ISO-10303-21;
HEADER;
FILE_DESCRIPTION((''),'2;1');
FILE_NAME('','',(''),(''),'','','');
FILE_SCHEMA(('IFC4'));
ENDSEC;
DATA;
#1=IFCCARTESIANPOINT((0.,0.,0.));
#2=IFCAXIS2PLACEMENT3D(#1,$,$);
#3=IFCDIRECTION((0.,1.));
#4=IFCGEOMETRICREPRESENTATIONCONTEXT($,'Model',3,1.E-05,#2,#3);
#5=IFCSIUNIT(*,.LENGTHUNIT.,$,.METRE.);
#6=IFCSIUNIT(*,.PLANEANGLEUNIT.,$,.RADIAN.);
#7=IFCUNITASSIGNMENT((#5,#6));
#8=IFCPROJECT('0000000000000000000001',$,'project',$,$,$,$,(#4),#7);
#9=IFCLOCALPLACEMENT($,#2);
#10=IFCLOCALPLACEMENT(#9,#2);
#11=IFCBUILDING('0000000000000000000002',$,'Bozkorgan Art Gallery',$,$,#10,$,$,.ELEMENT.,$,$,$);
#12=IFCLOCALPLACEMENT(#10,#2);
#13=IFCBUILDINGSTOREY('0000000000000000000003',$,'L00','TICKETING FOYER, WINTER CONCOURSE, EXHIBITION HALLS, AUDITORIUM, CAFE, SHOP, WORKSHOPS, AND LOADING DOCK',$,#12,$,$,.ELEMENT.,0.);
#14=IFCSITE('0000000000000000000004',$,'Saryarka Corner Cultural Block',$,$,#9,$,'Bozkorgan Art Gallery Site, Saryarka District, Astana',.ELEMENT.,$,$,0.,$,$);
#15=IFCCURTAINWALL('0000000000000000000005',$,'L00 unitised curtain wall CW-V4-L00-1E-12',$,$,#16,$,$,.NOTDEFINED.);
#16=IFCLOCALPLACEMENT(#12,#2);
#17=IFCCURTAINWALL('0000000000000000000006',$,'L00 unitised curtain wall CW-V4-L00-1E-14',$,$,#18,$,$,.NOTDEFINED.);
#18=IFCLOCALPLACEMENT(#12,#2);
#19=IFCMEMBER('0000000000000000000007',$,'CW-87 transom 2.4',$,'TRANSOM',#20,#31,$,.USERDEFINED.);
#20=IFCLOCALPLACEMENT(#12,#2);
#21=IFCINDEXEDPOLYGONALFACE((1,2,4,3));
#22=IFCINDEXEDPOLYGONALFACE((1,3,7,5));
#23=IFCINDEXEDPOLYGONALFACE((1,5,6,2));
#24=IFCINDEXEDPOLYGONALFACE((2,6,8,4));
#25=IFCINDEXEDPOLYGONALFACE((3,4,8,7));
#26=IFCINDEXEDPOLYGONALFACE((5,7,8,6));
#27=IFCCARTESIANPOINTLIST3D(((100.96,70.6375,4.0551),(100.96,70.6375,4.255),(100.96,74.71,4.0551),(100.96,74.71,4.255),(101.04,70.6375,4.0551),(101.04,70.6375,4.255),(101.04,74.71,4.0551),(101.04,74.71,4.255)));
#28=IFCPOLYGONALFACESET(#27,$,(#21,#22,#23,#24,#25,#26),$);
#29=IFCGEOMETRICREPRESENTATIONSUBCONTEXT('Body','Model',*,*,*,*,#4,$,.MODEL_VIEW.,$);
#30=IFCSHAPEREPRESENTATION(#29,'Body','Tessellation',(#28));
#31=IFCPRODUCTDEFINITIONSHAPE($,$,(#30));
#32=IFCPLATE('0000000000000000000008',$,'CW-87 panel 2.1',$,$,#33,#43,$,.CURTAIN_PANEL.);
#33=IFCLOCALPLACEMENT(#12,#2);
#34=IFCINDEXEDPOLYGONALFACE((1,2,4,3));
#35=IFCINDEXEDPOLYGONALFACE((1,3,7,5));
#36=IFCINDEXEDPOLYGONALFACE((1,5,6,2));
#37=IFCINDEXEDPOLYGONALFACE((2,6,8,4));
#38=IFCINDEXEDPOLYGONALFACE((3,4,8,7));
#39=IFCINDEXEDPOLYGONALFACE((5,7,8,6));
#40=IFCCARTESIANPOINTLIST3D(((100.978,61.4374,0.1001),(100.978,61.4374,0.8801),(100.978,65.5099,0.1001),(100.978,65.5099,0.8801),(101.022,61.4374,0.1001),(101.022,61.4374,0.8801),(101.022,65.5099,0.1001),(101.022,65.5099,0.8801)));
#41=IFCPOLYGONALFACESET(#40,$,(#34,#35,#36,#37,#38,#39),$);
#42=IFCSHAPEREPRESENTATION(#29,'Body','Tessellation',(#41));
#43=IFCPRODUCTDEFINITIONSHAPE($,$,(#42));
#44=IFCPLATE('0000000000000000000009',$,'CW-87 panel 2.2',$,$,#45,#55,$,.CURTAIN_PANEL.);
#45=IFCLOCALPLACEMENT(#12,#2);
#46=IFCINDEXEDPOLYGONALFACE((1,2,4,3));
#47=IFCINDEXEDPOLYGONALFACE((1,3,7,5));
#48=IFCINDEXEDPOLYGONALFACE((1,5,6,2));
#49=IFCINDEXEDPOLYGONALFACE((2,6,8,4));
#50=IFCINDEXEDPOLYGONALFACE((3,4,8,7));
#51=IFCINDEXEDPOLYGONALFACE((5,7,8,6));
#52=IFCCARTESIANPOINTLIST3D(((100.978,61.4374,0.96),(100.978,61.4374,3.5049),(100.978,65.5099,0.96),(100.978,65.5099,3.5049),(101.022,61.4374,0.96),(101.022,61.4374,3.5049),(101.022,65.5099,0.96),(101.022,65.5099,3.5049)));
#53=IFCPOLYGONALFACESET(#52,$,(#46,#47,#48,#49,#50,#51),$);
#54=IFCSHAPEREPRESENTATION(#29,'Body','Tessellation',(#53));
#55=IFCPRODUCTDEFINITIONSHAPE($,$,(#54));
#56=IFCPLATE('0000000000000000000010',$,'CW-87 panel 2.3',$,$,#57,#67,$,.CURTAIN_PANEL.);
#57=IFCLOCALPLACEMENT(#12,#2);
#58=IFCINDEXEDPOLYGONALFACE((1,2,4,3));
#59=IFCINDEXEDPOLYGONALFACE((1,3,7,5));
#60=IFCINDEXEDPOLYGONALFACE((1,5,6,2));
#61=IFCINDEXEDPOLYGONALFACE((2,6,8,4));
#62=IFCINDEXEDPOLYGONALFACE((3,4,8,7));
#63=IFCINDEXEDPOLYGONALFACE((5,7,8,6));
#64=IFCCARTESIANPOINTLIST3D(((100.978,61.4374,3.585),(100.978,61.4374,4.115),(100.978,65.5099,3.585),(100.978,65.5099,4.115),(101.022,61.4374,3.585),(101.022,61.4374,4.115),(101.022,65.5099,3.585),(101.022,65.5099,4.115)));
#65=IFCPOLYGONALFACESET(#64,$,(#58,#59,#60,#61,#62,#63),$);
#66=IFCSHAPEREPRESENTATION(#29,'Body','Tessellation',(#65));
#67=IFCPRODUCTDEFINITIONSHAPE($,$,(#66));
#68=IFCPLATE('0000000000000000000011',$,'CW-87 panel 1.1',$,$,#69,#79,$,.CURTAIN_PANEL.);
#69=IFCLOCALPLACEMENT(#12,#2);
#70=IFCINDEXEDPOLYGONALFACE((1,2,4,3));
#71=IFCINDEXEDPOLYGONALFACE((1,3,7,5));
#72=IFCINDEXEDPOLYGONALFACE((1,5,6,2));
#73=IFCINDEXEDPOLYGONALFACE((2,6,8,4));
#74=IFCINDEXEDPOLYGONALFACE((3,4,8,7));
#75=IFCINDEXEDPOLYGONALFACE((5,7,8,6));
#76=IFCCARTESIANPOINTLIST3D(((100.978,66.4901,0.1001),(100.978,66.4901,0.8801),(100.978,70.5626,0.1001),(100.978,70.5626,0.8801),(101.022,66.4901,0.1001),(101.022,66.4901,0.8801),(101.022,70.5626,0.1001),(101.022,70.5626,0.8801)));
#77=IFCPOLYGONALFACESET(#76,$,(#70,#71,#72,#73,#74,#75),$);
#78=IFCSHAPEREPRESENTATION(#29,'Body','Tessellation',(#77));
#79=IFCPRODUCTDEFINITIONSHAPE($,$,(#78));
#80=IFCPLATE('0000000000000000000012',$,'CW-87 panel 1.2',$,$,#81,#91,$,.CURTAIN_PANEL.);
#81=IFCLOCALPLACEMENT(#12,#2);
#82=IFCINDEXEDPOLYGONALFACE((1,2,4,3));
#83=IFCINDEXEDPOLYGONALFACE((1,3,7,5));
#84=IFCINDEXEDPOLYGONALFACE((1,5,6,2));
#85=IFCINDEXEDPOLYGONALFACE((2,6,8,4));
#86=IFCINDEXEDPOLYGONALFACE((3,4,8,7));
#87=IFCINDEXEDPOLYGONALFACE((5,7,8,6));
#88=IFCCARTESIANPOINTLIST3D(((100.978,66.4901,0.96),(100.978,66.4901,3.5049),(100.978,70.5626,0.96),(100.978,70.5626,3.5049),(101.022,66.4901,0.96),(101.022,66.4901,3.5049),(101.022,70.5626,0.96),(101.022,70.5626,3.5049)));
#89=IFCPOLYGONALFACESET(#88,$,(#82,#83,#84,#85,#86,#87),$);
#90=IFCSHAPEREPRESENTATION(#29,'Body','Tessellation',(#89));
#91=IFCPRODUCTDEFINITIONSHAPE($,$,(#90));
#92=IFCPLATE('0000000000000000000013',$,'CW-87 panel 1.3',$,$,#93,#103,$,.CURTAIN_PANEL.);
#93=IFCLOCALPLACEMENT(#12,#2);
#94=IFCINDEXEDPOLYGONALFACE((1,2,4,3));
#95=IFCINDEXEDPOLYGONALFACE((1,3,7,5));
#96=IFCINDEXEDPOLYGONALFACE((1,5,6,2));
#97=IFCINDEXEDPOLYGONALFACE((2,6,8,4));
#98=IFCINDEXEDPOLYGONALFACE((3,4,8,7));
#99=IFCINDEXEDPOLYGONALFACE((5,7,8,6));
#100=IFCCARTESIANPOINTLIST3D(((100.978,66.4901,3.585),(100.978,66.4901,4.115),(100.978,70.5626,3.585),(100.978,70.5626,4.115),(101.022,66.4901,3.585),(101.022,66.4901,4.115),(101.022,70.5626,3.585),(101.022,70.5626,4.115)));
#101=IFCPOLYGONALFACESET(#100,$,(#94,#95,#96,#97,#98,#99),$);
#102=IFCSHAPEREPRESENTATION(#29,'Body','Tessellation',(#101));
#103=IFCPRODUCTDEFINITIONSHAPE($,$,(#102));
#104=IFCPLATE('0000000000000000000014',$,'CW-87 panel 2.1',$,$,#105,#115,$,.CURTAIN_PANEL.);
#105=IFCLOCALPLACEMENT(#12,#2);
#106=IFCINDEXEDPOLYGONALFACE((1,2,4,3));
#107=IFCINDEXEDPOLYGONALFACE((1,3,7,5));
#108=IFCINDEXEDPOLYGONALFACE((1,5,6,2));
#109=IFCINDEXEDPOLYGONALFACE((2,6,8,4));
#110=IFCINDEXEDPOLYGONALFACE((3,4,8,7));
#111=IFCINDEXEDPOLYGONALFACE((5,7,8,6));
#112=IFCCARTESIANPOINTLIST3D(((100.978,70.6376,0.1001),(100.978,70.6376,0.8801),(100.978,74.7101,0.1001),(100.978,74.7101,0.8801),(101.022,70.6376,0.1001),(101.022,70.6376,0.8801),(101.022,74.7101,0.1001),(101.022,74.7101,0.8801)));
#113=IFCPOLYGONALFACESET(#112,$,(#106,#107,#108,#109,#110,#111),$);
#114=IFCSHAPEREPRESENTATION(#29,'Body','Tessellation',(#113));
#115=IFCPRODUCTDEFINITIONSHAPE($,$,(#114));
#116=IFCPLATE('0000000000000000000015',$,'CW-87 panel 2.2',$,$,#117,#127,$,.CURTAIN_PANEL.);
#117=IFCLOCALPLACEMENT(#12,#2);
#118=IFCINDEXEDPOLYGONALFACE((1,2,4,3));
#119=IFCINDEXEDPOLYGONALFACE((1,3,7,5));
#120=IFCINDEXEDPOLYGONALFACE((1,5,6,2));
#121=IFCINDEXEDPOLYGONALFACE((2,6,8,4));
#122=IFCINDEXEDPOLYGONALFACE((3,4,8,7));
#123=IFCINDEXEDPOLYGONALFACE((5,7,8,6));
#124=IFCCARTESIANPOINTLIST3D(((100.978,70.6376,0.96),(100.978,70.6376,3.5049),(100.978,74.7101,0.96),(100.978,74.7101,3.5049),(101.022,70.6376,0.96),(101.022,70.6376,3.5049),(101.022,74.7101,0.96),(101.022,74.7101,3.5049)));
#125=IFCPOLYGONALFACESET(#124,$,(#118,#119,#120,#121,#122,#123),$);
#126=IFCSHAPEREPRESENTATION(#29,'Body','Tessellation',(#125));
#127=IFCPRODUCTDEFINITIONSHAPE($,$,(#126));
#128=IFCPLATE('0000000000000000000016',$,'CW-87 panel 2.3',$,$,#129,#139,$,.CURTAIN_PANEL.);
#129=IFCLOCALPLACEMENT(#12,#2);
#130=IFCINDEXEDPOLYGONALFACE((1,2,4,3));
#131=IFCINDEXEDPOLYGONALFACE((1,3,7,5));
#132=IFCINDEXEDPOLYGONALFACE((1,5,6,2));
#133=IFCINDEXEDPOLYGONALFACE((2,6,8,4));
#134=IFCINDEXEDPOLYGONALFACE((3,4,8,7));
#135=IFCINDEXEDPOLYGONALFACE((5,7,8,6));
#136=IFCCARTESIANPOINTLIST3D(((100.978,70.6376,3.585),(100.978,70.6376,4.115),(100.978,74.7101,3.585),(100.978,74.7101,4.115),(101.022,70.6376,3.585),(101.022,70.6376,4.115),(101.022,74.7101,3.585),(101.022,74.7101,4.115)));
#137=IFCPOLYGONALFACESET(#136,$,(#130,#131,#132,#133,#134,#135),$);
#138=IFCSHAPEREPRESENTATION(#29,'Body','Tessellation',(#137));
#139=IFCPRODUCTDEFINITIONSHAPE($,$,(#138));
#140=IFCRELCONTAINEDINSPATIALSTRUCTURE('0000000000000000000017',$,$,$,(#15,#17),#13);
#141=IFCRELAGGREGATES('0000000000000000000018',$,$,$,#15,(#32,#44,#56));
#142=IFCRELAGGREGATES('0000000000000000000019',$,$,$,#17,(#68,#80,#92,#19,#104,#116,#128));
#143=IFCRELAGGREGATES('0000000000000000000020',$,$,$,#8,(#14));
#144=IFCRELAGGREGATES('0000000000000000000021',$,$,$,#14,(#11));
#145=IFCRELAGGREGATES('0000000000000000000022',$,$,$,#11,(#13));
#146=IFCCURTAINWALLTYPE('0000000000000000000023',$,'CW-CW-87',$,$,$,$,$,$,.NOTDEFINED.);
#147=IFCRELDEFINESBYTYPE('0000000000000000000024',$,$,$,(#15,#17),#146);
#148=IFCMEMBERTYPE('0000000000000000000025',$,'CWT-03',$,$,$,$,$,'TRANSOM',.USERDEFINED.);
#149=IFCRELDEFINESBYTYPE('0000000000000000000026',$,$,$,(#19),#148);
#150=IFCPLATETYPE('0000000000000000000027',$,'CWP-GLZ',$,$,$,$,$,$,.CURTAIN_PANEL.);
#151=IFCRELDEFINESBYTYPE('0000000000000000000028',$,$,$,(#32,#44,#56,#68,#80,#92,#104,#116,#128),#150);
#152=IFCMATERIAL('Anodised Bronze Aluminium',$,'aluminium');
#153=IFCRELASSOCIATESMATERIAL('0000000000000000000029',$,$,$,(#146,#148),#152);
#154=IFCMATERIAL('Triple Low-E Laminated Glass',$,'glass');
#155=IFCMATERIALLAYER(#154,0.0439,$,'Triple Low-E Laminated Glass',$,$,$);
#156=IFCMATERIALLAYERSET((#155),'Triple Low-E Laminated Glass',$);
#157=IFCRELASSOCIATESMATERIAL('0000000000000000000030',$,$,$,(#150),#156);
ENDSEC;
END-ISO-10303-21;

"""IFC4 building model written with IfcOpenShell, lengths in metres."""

from ifc_helpers import new_model, si_unit, direction, frame, origin, origin_2d, place, context, subcontext, project, spatial, rectangle, extrude, material, layer, layer_set, material_profile, profile_set, type_object, element, aggregate, save


model = new_model("IFC4")

# Units and contexts
model_context = context("Model", 3, precision=1e-05, world=origin(), true_north=direction((0.0, 1.0)))
body_context = subcontext(model_context, "Body", "Model", "MODEL_VIEW")
ifc_project = project(units=[si_unit("LENGTHUNIT", "METRE"), si_unit("PLANEANGLEUNIT", "RADIAN")], contexts=[model_context])

# Site, building, storey
site_placement = place(None, origin())
site = spatial("IfcSite", under=ifc_project, at=site_placement, Name="Saryarka Corner Cultural Block", LongName="Bozkorgan Art Gallery Site, Saryarka District, Astana", CompositionType="ELEMENT", RefElevation=0.0)
building_placement = place(site_placement, origin())
building = spatial("IfcBuilding", under=site, at=building_placement, Name="Bozkorgan Art Gallery", CompositionType="ELEMENT")
storey_placement = place(building_placement, origin())
storey = spatial("IfcBuildingStorey", under=building, at=storey_placement, Name="L00", Description="TICKETING FOYER, WINTER CONCOURSE, EXHIBITION HALLS, AUDITORIUM, CAFE, SHOP, WORKSHOPS, AND LOADING DOCK", CompositionType="ELEMENT", Elevation=0.0)

# Curtain wall
ifc_material_1 = material(Name="Anodised Bronze Aluminium", Category="aluminium")
curtain_wall_type = type_object("IfcCurtainWallType", Name="CW-CW-87", PredefinedType="NOTDEFINED", material=ifc_material_1)
curtain_wall_1_placement = place(storey_placement, origin())
curtain_wall_1 = element("IfcCurtainWall", 1, at=curtain_wall_1_placement, inside=storey, type_object=curtain_wall_type, Name="L00 unitised curtain wall CW-V4-L00-1E-12", PredefinedType="NOTDEFINED")

# Curtain wall, member
curtain_wall_2_placement = place(storey_placement, origin())
curtain_wall_2 = element("IfcCurtainWall", 2, at=curtain_wall_2_placement, inside=storey, type_object=curtain_wall_type, Name="L00 unitised curtain wall CW-V4-L00-1E-14", PredefinedType="NOTDEFINED")
ifc_material_profile_1 = material_profile(ifc_material_1, rectangle(XDim=0.0801, YDim=0.2, at=origin_2d()), Name="ALU TRANSOM 80x200")
ifc_profile_set_1 = profile_set([ifc_material_profile_1], Name="Anodised Bronze Aluminium")
member_type_1 = type_object("IfcMemberType", Name="CWT-03", ElementType="TRANSOM", PredefinedType="USERDEFINED", material=ifc_profile_set_1)
member_1_placement = place(storey_placement, frame((101.0, 70.6375, 4.155), z_axis=(0.0, 1.0, 0.0), x_axis=(-1.0, 0.0, 0.0)))
member_1 = element("IfcMember", 3, at=member_1_placement, type_object=member_type_1, Name="CW-87 transom 2.4", ObjectType="TRANSOM", PredefinedType="USERDEFINED", context=body_context, shape_type="SweptSolid", body=[
    extrude(rectangle(XDim=0.0801, YDim=0.2, at=origin_2d()), origin(), (0.0, 0.0, 1.0), 4.0725),
])

# Plates
ifc_material_2 = material(Name="Triple Low-E Laminated Glass", Category="glass")
ifc_layer = layer(ifc_material_2, 0.0439, Name="Triple Low-E Laminated Glass")
ifc_layer_set = layer_set([ifc_layer], Name="Triple Low-E Laminated Glass")
plate_type = type_object("IfcPlateType", Name="CWP-GLZ", PredefinedType="CURTAIN_PANEL", material=ifc_layer_set)
plate_1_placement = place(storey_placement, frame((101.0, 63.4736, 0.1001), z_axis=(0.0, 0.0, 1.0), x_axis=(0.0, 1.0, 0.0)))
plate_1 = element("IfcPlate", 4, at=plate_1_placement, type_object=plate_type, Name="CW-87 panel 2.1", PredefinedType="CURTAIN_PANEL", context=body_context, shape_type="SweptSolid", body=[
    extrude(rectangle(XDim=4.0725, YDim=0.0439, at=origin_2d()), origin(), (0.0, 0.0, 1.0), 0.78),
])
plate_2_placement = place(storey_placement, frame((101.0, 63.4736, 0.96), z_axis=(0.0, 0.0, 1.0), x_axis=(0.0, 1.0, 0.0)))
plate_2 = element("IfcPlate", 5, at=plate_2_placement, type_object=plate_type, Name="CW-87 panel 2.2", PredefinedType="CURTAIN_PANEL", context=body_context, shape_type="SweptSolid", body=[
    extrude(rectangle(XDim=4.0725, YDim=0.0439, at=origin_2d()), origin(), (0.0, 0.0, 1.0), 2.5449),
])
plate_3_placement = place(storey_placement, frame((101.0, 63.4736, 3.585), z_axis=(0.0, 0.0, 1.0), x_axis=(0.0, 1.0, 0.0)))
plate_3 = element("IfcPlate", 6, at=plate_3_placement, type_object=plate_type, Name="CW-87 panel 2.3", PredefinedType="CURTAIN_PANEL", context=body_context, shape_type="SweptSolid", body=[
    extrude(rectangle(XDim=4.0725, YDim=0.0439, at=origin_2d()), origin(), (0.0, 0.0, 1.0), 0.53),
])
aggregate(curtain_wall_1, [plate_1, plate_2, plate_3])
plate_4_placement = place(storey_placement, frame((101.0, 68.5264, 0.1001), z_axis=(0.0, 0.0, 1.0), x_axis=(0.0, 1.0, 0.0)))
plate_4 = element("IfcPlate", 7, at=plate_4_placement, type_object=plate_type, Name="CW-87 panel 1.1", PredefinedType="CURTAIN_PANEL", context=body_context, shape_type="SweptSolid", body=[
    extrude(rectangle(XDim=4.0725, YDim=0.0439, at=origin_2d()), origin(), (0.0, 0.0, 1.0), 0.78),
])
plate_5_placement = place(storey_placement, frame((101.0, 68.5264, 0.96), z_axis=(0.0, 0.0, 1.0), x_axis=(0.0, 1.0, 0.0)))
plate_5 = element("IfcPlate", 8, at=plate_5_placement, type_object=plate_type, Name="CW-87 panel 1.2", PredefinedType="CURTAIN_PANEL", context=body_context, shape_type="SweptSolid", body=[
    extrude(rectangle(XDim=4.0725, YDim=0.0439, at=origin_2d()), origin(), (0.0, 0.0, 1.0), 2.5449),
])
plate_6_placement = place(storey_placement, frame((101.0, 68.5264, 3.585), z_axis=(0.0, 0.0, 1.0), x_axis=(0.0, 1.0, 0.0)))
plate_6 = element("IfcPlate", 9, at=plate_6_placement, type_object=plate_type, Name="CW-87 panel 1.3", PredefinedType="CURTAIN_PANEL", context=body_context, shape_type="SweptSolid", body=[
    extrude(rectangle(XDim=4.0725, YDim=0.0439, at=origin_2d()), origin(), (0.0, 0.0, 1.0), 0.53),
])
plate_7_placement = place(storey_placement, frame((101.0, 72.6738, 0.1001), z_axis=(0.0, 0.0, 1.0), x_axis=(0.0, 1.0, 0.0)))
plate_7 = element("IfcPlate", 10, at=plate_7_placement, type_object=plate_type, Name="CW-87 panel 2.1", PredefinedType="CURTAIN_PANEL", context=body_context, shape_type="SweptSolid", body=[
    extrude(rectangle(XDim=4.0725, YDim=0.0439, at=origin_2d()), origin(), (0.0, 0.0, 1.0), 0.78),
])
plate_8_placement = place(storey_placement, frame((101.0, 72.6738, 0.96), z_axis=(0.0, 0.0, 1.0), x_axis=(0.0, 1.0, 0.0)))
plate_8 = element("IfcPlate", 11, at=plate_8_placement, type_object=plate_type, Name="CW-87 panel 2.2", PredefinedType="CURTAIN_PANEL", context=body_context, shape_type="SweptSolid", body=[
    extrude(rectangle(XDim=4.0725, YDim=0.0439, at=origin_2d()), origin(), (0.0, 0.0, 1.0), 2.5449),
])
plate_9_placement = place(storey_placement, frame((101.0, 72.6738, 3.585), z_axis=(0.0, 0.0, 1.0), x_axis=(0.0, 1.0, 0.0)))
plate_9 = element("IfcPlate", 12, at=plate_9_placement, type_object=plate_type, Name="CW-87 panel 2.3", PredefinedType="CURTAIN_PANEL", context=body_context, shape_type="SweptSolid", body=[
    extrude(rectangle(XDim=4.0725, YDim=0.0439, at=origin_2d()), origin(), (0.0, 0.0, 1.0), 0.53),
])
aggregate(curtain_wall_2, [plate_4, plate_5, plate_6, member_1, plate_7, plate_8, plate_9])

save(model, "model.ifc")
